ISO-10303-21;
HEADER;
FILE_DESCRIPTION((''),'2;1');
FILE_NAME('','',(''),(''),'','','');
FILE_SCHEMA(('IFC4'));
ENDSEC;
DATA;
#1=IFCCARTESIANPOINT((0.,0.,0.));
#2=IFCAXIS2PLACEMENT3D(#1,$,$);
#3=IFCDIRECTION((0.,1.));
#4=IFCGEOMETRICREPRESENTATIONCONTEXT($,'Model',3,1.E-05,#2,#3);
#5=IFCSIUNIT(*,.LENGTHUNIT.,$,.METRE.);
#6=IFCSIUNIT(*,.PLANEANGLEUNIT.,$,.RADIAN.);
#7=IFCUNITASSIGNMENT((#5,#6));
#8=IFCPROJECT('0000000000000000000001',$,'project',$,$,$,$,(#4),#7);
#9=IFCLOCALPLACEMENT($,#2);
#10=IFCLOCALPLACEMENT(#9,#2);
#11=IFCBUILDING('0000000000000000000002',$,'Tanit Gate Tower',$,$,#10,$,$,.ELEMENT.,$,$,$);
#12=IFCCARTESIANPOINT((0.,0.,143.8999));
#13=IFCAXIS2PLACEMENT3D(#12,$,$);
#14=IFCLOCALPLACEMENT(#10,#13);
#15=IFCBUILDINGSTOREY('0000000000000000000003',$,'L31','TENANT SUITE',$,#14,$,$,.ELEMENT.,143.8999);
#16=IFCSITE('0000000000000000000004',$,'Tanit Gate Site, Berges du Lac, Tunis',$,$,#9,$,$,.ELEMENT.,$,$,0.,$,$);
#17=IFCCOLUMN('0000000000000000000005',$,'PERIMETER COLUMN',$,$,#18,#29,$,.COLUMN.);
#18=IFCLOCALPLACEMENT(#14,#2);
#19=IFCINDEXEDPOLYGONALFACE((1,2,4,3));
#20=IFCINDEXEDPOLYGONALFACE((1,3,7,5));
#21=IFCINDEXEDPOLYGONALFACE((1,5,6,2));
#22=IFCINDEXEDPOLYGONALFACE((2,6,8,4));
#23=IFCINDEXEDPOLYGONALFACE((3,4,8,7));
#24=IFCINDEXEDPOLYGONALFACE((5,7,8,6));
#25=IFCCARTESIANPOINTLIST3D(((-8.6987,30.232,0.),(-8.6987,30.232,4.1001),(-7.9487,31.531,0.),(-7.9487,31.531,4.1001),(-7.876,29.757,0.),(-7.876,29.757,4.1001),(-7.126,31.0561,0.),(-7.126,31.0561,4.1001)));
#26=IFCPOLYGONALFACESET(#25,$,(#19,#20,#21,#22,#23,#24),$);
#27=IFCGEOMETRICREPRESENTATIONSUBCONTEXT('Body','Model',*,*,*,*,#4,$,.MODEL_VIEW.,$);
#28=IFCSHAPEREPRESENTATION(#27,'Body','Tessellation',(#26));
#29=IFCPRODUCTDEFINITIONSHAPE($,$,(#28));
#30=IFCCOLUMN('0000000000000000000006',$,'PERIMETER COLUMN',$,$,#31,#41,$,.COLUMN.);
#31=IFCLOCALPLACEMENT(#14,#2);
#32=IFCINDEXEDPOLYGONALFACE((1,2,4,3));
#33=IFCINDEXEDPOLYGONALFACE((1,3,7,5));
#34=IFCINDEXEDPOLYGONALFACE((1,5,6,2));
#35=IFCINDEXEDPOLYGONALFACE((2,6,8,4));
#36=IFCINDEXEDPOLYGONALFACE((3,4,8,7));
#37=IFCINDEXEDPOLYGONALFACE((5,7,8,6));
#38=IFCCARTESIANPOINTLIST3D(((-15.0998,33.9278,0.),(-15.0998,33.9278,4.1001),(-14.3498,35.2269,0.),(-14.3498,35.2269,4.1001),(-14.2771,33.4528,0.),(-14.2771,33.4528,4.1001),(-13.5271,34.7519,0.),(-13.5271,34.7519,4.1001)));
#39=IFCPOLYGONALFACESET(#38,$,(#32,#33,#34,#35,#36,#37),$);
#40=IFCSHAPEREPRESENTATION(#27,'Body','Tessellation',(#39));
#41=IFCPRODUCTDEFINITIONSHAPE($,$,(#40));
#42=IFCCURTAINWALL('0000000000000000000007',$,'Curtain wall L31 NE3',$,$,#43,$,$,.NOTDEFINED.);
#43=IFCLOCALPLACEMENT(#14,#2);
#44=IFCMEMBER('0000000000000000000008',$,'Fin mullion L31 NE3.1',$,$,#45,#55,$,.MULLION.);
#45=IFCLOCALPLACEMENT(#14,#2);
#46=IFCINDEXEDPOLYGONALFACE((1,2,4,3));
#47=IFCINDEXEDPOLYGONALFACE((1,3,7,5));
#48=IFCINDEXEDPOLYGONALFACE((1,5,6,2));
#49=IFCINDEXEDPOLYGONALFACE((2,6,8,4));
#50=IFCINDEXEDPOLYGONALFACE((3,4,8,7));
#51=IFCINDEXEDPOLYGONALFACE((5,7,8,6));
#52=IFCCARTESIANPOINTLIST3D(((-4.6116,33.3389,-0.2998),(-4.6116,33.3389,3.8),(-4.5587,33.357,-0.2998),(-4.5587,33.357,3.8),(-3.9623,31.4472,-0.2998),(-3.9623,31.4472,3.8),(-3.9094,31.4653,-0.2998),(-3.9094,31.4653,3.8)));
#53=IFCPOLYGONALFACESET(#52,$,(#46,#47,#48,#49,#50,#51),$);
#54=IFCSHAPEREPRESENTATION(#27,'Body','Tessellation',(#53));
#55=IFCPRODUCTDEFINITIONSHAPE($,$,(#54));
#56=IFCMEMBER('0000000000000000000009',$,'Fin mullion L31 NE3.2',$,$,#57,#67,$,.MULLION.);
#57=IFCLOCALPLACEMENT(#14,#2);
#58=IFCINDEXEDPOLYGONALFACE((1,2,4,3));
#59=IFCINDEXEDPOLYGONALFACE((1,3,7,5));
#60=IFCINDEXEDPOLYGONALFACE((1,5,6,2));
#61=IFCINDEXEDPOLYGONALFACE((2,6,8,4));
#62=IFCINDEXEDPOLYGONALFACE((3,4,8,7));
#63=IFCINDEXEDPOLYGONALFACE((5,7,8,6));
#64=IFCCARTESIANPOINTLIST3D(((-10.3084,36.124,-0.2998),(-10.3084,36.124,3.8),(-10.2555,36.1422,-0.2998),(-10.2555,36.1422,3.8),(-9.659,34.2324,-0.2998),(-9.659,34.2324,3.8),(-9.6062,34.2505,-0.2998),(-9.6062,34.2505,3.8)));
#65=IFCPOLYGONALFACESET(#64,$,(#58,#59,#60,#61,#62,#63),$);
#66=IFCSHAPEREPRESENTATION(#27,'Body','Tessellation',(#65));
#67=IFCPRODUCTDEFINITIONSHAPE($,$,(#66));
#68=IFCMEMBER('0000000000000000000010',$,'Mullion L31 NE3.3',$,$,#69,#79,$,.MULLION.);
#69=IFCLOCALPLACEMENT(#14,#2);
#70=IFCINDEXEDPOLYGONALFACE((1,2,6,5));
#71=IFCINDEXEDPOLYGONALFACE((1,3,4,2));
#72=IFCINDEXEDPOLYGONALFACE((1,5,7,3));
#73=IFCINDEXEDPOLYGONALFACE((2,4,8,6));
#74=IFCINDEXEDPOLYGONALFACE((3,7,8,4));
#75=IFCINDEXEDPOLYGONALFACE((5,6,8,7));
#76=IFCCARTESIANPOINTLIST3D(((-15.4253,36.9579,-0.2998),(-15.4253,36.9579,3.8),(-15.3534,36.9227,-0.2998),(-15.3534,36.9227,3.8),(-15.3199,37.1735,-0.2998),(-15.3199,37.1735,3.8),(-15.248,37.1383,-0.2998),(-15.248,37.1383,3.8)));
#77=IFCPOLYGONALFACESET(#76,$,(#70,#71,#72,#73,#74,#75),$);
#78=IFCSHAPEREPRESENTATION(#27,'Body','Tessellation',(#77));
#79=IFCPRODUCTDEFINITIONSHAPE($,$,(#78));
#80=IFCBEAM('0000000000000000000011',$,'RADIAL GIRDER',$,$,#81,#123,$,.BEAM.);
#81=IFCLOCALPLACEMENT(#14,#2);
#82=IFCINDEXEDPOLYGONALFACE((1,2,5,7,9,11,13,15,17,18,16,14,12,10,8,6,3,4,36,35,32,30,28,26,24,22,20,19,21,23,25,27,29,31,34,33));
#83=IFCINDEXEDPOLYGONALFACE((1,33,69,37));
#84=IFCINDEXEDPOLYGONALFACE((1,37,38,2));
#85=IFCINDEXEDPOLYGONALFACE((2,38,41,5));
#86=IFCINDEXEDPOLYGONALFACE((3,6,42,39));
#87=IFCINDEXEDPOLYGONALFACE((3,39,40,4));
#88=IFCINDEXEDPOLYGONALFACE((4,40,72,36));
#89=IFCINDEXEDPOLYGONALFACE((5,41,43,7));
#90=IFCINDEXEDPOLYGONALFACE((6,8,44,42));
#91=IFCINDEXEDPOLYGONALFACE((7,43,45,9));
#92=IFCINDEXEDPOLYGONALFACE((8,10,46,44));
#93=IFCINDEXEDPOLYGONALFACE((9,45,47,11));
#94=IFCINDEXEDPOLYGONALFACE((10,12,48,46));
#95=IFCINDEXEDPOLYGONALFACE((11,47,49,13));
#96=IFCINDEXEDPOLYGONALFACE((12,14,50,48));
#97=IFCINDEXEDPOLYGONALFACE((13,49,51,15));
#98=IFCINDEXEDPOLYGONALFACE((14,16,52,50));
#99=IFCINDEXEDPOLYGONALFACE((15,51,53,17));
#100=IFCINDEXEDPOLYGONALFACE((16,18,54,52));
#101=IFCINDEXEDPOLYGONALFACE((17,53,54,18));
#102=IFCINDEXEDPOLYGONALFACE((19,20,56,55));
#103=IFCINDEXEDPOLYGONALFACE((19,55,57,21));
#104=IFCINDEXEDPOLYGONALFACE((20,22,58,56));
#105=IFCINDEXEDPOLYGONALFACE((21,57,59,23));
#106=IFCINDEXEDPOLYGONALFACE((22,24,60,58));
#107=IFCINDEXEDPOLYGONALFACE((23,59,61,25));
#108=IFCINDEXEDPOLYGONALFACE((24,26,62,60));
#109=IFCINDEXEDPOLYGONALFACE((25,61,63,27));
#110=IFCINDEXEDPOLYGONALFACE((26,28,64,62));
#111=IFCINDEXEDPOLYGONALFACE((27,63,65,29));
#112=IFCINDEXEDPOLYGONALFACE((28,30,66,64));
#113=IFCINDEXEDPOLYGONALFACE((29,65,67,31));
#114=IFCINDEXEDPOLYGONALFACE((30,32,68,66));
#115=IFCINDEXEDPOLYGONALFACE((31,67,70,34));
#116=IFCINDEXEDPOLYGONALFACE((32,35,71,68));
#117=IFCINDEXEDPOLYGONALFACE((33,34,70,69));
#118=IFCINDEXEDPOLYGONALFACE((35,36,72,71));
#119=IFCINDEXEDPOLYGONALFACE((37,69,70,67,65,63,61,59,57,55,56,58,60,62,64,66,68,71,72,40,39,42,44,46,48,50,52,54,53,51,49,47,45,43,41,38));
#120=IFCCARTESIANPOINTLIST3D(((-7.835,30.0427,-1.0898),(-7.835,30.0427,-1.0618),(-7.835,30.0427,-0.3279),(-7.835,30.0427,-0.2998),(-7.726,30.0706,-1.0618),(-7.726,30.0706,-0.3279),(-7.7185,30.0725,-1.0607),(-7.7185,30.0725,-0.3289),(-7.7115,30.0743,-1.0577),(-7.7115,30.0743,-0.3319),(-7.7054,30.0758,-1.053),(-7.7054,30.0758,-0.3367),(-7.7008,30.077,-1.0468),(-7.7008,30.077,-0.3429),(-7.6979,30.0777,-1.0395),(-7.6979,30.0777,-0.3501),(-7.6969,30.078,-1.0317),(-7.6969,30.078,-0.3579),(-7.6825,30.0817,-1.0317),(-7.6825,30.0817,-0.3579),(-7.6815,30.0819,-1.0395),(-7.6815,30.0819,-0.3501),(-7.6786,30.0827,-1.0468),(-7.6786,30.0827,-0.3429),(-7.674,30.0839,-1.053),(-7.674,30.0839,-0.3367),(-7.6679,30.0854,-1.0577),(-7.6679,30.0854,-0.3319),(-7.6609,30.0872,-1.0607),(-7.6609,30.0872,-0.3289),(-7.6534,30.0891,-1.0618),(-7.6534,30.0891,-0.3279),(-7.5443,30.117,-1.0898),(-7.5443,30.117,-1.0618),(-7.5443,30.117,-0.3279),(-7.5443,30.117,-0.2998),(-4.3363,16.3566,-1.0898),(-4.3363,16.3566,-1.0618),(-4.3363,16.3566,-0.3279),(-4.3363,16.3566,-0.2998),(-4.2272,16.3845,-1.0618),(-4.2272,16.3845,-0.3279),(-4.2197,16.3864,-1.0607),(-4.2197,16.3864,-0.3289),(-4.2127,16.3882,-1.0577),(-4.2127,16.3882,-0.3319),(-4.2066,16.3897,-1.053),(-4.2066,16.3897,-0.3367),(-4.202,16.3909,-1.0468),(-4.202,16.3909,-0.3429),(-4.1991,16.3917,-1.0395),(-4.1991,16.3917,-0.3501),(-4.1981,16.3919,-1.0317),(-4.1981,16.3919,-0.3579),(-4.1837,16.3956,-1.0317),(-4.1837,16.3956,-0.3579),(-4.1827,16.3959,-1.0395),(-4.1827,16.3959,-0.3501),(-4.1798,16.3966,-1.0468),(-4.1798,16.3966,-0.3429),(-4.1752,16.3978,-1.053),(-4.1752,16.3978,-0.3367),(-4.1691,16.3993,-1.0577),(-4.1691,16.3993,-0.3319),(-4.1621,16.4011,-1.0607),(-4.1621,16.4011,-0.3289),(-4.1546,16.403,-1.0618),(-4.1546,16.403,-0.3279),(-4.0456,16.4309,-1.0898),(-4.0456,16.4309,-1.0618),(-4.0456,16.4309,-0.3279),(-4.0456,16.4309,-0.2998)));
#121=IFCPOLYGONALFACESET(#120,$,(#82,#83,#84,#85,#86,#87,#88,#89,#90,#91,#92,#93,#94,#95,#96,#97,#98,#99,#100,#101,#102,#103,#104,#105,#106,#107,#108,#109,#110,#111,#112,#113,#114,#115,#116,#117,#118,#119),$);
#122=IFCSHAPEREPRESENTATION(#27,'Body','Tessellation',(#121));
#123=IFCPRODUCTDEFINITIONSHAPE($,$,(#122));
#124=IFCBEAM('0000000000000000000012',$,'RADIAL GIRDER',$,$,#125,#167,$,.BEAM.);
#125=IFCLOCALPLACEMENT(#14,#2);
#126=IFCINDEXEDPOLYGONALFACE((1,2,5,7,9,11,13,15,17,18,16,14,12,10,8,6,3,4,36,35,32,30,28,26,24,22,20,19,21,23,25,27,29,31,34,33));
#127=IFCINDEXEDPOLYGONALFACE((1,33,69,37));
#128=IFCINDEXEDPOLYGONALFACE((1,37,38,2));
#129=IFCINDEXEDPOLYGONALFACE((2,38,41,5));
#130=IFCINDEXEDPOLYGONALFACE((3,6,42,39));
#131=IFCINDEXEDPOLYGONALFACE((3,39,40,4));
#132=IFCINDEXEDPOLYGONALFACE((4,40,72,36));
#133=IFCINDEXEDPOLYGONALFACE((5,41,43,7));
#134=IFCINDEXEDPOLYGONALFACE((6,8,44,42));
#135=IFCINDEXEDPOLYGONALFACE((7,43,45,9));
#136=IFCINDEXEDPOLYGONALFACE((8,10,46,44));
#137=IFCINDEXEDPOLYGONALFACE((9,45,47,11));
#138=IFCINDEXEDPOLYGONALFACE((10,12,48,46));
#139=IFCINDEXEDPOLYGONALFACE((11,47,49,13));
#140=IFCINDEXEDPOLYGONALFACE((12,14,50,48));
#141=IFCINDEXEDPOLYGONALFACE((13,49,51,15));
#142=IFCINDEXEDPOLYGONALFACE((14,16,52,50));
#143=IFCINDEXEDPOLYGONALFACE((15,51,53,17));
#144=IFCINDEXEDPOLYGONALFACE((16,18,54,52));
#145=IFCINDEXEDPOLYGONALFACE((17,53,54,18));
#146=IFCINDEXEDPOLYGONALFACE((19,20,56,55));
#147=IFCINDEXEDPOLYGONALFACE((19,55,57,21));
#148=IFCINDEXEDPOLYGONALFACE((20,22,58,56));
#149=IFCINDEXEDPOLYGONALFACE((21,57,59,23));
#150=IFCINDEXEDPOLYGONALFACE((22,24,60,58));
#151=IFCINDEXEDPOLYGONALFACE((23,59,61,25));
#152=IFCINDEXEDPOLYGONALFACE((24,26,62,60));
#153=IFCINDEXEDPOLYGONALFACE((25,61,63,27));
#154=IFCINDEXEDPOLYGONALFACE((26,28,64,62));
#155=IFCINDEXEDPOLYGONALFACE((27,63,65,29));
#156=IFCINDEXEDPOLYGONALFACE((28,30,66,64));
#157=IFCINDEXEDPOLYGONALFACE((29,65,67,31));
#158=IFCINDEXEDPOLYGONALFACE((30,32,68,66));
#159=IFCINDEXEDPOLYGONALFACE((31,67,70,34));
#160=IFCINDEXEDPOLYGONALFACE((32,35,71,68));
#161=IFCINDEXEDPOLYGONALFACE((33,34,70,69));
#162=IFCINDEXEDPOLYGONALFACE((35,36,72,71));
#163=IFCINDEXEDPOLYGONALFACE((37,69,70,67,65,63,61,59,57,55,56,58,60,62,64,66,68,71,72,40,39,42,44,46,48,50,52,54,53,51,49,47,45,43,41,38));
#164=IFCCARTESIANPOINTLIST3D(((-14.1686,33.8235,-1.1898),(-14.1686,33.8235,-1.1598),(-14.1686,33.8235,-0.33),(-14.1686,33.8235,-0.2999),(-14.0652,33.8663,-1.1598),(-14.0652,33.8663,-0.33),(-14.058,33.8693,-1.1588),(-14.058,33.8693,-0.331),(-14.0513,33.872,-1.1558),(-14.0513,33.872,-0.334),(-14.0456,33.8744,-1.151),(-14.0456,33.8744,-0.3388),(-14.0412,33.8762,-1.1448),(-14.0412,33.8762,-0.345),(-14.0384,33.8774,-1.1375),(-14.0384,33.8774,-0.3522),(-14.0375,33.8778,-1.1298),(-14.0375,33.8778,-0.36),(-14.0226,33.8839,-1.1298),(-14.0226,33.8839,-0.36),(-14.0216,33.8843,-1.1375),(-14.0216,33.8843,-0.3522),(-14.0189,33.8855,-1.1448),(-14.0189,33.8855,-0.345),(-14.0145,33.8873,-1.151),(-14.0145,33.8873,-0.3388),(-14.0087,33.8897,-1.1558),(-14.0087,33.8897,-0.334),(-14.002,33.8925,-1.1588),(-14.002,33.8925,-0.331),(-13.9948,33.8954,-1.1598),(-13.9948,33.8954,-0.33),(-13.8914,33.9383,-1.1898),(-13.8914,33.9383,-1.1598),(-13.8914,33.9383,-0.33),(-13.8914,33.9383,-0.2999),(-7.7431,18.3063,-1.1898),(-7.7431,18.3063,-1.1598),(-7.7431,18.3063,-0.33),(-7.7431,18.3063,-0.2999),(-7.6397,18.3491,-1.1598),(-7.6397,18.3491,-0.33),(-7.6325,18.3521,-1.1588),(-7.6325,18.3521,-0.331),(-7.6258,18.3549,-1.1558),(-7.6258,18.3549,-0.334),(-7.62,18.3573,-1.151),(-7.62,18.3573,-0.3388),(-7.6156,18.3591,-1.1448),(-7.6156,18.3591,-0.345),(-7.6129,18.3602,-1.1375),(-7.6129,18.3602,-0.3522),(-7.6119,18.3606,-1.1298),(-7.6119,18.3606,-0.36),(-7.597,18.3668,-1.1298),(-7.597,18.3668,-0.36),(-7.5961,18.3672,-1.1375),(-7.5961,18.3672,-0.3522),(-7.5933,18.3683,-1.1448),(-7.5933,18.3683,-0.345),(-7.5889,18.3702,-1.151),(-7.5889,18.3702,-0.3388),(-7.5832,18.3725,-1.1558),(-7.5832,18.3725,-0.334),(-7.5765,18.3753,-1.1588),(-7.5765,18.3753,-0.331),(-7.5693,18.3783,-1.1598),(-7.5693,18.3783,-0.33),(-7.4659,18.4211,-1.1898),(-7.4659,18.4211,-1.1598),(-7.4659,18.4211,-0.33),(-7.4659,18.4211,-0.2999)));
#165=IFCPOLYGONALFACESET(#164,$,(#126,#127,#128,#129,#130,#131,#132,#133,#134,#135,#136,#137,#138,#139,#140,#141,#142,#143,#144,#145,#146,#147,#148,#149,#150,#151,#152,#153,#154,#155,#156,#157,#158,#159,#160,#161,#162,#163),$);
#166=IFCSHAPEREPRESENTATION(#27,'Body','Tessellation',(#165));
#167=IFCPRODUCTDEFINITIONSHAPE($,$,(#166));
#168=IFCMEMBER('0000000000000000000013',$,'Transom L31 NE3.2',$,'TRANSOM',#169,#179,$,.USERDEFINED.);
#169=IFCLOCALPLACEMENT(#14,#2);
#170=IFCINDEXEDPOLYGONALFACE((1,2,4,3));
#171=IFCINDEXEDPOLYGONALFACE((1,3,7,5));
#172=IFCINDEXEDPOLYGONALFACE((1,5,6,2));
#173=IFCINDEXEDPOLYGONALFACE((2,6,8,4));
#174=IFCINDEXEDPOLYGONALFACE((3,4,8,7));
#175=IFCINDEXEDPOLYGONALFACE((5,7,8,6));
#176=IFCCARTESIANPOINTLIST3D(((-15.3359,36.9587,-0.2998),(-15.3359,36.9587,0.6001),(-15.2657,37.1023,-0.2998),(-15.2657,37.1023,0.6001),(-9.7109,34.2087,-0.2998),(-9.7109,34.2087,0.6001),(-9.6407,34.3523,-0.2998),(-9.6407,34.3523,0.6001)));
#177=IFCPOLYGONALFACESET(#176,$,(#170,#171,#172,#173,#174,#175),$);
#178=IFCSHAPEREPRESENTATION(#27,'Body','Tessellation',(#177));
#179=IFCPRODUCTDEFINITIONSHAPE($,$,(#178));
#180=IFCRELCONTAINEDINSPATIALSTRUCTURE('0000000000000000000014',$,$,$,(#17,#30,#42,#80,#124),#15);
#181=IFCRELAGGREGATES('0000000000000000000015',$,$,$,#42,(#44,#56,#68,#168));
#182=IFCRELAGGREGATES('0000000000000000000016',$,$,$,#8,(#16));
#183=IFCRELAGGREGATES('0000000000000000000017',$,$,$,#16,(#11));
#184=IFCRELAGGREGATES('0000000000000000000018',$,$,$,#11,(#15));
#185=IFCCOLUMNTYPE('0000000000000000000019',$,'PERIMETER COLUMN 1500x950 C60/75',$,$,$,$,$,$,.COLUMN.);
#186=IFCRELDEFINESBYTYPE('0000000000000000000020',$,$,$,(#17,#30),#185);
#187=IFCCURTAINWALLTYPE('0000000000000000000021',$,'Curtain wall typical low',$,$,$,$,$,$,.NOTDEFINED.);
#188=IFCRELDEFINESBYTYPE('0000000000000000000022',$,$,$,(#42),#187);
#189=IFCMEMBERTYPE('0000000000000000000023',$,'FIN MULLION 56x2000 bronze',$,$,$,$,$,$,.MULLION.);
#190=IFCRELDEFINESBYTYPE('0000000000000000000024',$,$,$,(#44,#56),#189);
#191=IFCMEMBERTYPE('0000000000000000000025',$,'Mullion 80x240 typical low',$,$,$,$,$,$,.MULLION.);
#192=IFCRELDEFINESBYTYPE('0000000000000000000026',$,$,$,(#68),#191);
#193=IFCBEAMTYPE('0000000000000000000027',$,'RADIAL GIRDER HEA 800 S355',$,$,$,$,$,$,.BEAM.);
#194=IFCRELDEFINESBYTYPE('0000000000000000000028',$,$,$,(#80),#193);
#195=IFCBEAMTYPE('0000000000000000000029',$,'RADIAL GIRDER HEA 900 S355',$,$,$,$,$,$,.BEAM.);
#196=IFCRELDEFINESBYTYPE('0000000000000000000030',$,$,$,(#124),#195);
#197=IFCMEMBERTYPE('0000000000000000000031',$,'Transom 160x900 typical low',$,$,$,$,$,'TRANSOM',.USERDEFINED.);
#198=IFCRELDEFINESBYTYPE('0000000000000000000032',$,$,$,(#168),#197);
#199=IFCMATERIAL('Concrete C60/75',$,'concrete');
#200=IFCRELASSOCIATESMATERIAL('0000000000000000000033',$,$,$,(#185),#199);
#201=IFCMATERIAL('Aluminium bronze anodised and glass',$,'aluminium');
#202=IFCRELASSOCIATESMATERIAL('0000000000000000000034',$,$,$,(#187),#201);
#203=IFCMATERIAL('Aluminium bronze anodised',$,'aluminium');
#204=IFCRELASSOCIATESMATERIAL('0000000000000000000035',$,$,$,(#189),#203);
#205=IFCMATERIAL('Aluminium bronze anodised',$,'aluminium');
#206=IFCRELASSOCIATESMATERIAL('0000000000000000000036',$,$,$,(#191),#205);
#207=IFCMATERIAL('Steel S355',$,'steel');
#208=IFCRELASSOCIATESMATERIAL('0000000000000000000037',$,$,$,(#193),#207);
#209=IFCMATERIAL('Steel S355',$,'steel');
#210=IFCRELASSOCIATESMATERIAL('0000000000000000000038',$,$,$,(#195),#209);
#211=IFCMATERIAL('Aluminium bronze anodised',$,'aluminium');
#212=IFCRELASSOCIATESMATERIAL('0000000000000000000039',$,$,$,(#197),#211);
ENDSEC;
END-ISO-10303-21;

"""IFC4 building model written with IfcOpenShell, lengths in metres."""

from ifc_helpers import new_model, si_unit, direction, frame, origin, origin_2d, place, context, subcontext, project, spatial, rectangle, i_section, extrude, material, material_profile, profile_set, type_object, element, aggregate, save


model = new_model("IFC4")

# Units and contexts
model_context = context("Model", 3, precision=1e-05, world=origin(), true_north=direction((0.0, 1.0)))
body_context = subcontext(model_context, "Body", "Model", "MODEL_VIEW")
ifc_project = project(units=[si_unit("LENGTHUNIT", "METRE"), si_unit("PLANEANGLEUNIT", "RADIAN")], contexts=[model_context])

# Site, building, storey
site_placement = place(None, origin())
site = spatial("IfcSite", under=ifc_project, at=site_placement, Name="Tanit Gate Site, Berges du Lac, Tunis", CompositionType="ELEMENT", RefElevation=0.0)
building_placement = place(site_placement, origin())
building = spatial("IfcBuilding", under=site, at=building_placement, Name="Tanit Gate Tower", CompositionType="ELEMENT")
storey_placement = place(building_placement, frame((0.0, 0.0, 143.8999)))
storey = spatial("IfcBuildingStorey", under=building, at=storey_placement, Name="L31", Description="TENANT SUITE", CompositionType="ELEMENT", Elevation=143.8999)

# Columns
ifc_material_1 = material(Name="Concrete C60/75", Category="concrete")
ifc_material_profile_1 = material_profile(ifc_material_1, rectangle(XDim=1.5, YDim=0.95, at=origin_2d()), Name="RC 1500x950")
ifc_profile_set_1 = profile_set([ifc_material_profile_1], Name="Concrete C60/75")
column_type = type_object("IfcColumnType", Name="PERIMETER COLUMN 1500x950 C60/75", PredefinedType="COLUMN", material=ifc_profile_set_1)
for number, where, z_axis, x_axis, name in (
    (1, (-7.9124, 30.644, 0.0), (0.0, 0.0, 1.0), (0.5, 0.866025, 0.0), "PERIMETER COLUMN"),
    (2, (-14.3135, 34.3398, 0.0), (0.0, 0.0, 1.0), (0.5, 0.866025, 0.0), "PERIMETER COLUMN"),
):
    element("IfcColumn", number, at=place(storey_placement, frame(where, z_axis=z_axis, x_axis=x_axis)), inside=storey, type_object=column_type, Name=name, PredefinedType="COLUMN", context=body_context, shape_type="SweptSolid", body=[
        extrude(rectangle(XDim=1.5, YDim=0.95, at=origin_2d()), origin(), (0.0, 0.0, 1.0), 4.1001),
    ])

# Curtain wall, members
ifc_material_2 = material(Name="Aluminium bronze anodised and glass", Category="aluminium")
curtain_wall_type = type_object("IfcCurtainWallType", Name="Curtain wall typical low", PredefinedType="NOTDEFINED", material=ifc_material_2)
curtain_wall_placement = place(storey_placement, origin())
curtain_wall = element("IfcCurtainWall", 3, at=curtain_wall_placement, inside=storey, type_object=curtain_wall_type, Name="Curtain wall L31 NE3", PredefinedType="NOTDEFINED")
ifc_material_3 = material(Name="Aluminium bronze anodised", Category="aluminium")
ifc_material_profile_2 = material_profile(ifc_material_3, rectangle(XDim=2.0, YDim=0.0559, at=origin_2d()), Name="56x2000 bronze fin mullion")
ifc_profile_set_2 = profile_set([ifc_material_profile_2], Name="Aluminium bronze anodised")
member_type_1 = type_object("IfcMemberType", Name="FIN MULLION 56x2000 bronze", PredefinedType="MULLION", material=ifc_profile_set_2)
member_1_placement = place(storey_placement, frame((-4.2605, 32.4021, -0.2998), z_axis=(0.0, 0.0, 1.0), x_axis=(0.324673, -0.945826, 0.0)))
member_1 = element("IfcMember", 4, at=member_1_placement, type_object=member_type_1, Name="Fin mullion L31 NE3.1", PredefinedType="MULLION", context=body_context, shape_type="SweptSolid", body=[
    extrude(rectangle(XDim=2.0, YDim=0.0559, at=origin_2d()), origin(), (0.0, 0.0, 1.0), 4.0999),
])
member_2_placement = place(storey_placement, frame((-9.9573, 35.1873, -0.2998), z_axis=(0.0, 0.0, 1.0), x_axis=(0.324673, -0.945826, 0.0)))
member_2 = element("IfcMember", 5, at=member_2_placement, type_object=member_type_1, Name="Fin mullion L31 NE3.2", PredefinedType="MULLION", context=body_context, shape_type="SweptSolid", body=[
    extrude(rectangle(XDim=2.0, YDim=0.0559, at=origin_2d()), origin(), (0.0, 0.0, 1.0), 4.0999),
])
ifc_material_4 = material(Name="Aluminium bronze anodised", Category="aluminium")
ifc_material_profile_3 = material_profile(ifc_material_4, rectangle(XDim=0.24, YDim=0.0801, at=origin_2d()), Name="80x240 bronze mullion")
ifc_profile_set_3 = profile_set([ifc_material_profile_3], Name="Aluminium bronze anodised")
member_type_2 = type_object("IfcMemberType", Name="Mullion 80x240 typical low", PredefinedType="MULLION", material=ifc_profile_set_3)
member_3_placement = place(storey_placement, frame((-15.3367, 37.0481, -0.2998), z_axis=(0.0, 0.0, 1.0), x_axis=(-0.439222, -0.898379, 0.0)))
member_3 = element("IfcMember", 6, at=member_3_placement, type_object=member_type_2, Name="Mullion L31 NE3.3", PredefinedType="MULLION", context=body_context, shape_type="SweptSolid", body=[
    extrude(rectangle(XDim=0.24, YDim=0.0801, at=origin_2d()), origin(), (0.0, 0.0, 1.0), 4.0999),
])

# Beams
ifc_material_5 = material(Name="Steel S355", Category="steel")
ifc_material_profile_4 = material_profile(ifc_material_5, i_section(OverallWidth=0.3, OverallDepth=0.79, WebThickness=0.0149, FlangeThickness=0.0281, FilletRadius=0.03, at=origin_2d()), Name="HEA 800")
ifc_profile_set_4 = profile_set([ifc_material_profile_4], Name="Steel S355")
beam_type_1 = type_object("IfcBeamType", Name="RADIAL GIRDER HEA 800 S355", PredefinedType="BEAM", material=ifc_profile_set_4)
beam_1_placement = place(storey_placement, frame((-7.6897, 30.0798, -0.6948), z_axis=(0.24768, -0.968842, 0.0), x_axis=(0.968842, 0.24768, 0.0)))
element("IfcBeam", 7, at=beam_1_placement, inside=storey, type_object=beam_type_1, Name="RADIAL GIRDER", PredefinedType="BEAM", context=body_context, shape_type="SweptSolid", body=[
    extrude(i_section(OverallWidth=0.3, OverallDepth=0.79, WebThickness=0.0149, FlangeThickness=0.0281, FilletRadius=0.03, at=origin_2d()), origin(), (0.0, 0.0, 1.0), 14.1262),
])
ifc_material_6 = material(Name="Steel S355", Category="steel")
ifc_material_profile_5 = material_profile(ifc_material_6, i_section(OverallWidth=0.3, OverallDepth=0.8899, WebThickness=0.0161, FlangeThickness=0.03, FilletRadius=0.03, at=origin_2d()), Name="HEA 900")
ifc_profile_set_5 = profile_set([ifc_material_profile_5], Name="Steel S355")
beam_type_2 = type_object("IfcBeamType", Name="RADIAL GIRDER HEA 900 S355", PredefinedType="BEAM", material=ifc_profile_set_5)
beam_2_placement = place(storey_placement, frame((-14.03, 33.8809, -0.7449), z_axis=(0.382589, -0.923919, 0.0), x_axis=(0.923919, 0.382589, 0.0)))
element("IfcBeam", 8, at=beam_2_placement, inside=storey, type_object=beam_type_2, Name="RADIAL GIRDER", PredefinedType="BEAM", context=body_context, shape_type="SweptSolid", body=[
    extrude(i_section(OverallWidth=0.3, OverallDepth=0.8899, WebThickness=0.0161, FlangeThickness=0.03, FilletRadius=0.03, at=origin_2d()), origin(), (0.0, 0.0, 1.0), 16.7949),
])

# Member
ifc_material_7 = material(Name="Aluminium bronze anodised", Category="aluminium")
ifc_material_profile_6 = material_profile(ifc_material_7, rectangle(XDim=0.1599, YDim=0.8999, at=origin_2d()), Name="160x900 bronze transom")
ifc_profile_set_6 = profile_set([ifc_material_profile_6], Name="Aluminium bronze anodised")
member_type_3 = type_object("IfcMemberType", Name="Transom 160x900 typical low", ElementType="TRANSOM", PredefinedType="USERDEFINED", material=ifc_profile_set_6)
member_4_placement = place(storey_placement, frame((-9.6758, 34.2805, 0.1501), z_axis=(-0.898384, 0.43921, 0.0), x_axis=(-0.43921, -0.898384, 0.0)))
member_4 = element("IfcMember", 9, at=member_4_placement, type_object=member_type_3, Name="Transom L31 NE3.2", ObjectType="TRANSOM", PredefinedType="USERDEFINED", context=body_context, shape_type="SweptSolid", body=[
    extrude(rectangle(XDim=0.1599, YDim=0.8999, at=origin_2d()), origin(), (0.0, 0.0, 1.0), 6.2612),
])

aggregate(curtain_wall, [member_1, member_2, member_3, member_4])

save(model, "model.ifc")
